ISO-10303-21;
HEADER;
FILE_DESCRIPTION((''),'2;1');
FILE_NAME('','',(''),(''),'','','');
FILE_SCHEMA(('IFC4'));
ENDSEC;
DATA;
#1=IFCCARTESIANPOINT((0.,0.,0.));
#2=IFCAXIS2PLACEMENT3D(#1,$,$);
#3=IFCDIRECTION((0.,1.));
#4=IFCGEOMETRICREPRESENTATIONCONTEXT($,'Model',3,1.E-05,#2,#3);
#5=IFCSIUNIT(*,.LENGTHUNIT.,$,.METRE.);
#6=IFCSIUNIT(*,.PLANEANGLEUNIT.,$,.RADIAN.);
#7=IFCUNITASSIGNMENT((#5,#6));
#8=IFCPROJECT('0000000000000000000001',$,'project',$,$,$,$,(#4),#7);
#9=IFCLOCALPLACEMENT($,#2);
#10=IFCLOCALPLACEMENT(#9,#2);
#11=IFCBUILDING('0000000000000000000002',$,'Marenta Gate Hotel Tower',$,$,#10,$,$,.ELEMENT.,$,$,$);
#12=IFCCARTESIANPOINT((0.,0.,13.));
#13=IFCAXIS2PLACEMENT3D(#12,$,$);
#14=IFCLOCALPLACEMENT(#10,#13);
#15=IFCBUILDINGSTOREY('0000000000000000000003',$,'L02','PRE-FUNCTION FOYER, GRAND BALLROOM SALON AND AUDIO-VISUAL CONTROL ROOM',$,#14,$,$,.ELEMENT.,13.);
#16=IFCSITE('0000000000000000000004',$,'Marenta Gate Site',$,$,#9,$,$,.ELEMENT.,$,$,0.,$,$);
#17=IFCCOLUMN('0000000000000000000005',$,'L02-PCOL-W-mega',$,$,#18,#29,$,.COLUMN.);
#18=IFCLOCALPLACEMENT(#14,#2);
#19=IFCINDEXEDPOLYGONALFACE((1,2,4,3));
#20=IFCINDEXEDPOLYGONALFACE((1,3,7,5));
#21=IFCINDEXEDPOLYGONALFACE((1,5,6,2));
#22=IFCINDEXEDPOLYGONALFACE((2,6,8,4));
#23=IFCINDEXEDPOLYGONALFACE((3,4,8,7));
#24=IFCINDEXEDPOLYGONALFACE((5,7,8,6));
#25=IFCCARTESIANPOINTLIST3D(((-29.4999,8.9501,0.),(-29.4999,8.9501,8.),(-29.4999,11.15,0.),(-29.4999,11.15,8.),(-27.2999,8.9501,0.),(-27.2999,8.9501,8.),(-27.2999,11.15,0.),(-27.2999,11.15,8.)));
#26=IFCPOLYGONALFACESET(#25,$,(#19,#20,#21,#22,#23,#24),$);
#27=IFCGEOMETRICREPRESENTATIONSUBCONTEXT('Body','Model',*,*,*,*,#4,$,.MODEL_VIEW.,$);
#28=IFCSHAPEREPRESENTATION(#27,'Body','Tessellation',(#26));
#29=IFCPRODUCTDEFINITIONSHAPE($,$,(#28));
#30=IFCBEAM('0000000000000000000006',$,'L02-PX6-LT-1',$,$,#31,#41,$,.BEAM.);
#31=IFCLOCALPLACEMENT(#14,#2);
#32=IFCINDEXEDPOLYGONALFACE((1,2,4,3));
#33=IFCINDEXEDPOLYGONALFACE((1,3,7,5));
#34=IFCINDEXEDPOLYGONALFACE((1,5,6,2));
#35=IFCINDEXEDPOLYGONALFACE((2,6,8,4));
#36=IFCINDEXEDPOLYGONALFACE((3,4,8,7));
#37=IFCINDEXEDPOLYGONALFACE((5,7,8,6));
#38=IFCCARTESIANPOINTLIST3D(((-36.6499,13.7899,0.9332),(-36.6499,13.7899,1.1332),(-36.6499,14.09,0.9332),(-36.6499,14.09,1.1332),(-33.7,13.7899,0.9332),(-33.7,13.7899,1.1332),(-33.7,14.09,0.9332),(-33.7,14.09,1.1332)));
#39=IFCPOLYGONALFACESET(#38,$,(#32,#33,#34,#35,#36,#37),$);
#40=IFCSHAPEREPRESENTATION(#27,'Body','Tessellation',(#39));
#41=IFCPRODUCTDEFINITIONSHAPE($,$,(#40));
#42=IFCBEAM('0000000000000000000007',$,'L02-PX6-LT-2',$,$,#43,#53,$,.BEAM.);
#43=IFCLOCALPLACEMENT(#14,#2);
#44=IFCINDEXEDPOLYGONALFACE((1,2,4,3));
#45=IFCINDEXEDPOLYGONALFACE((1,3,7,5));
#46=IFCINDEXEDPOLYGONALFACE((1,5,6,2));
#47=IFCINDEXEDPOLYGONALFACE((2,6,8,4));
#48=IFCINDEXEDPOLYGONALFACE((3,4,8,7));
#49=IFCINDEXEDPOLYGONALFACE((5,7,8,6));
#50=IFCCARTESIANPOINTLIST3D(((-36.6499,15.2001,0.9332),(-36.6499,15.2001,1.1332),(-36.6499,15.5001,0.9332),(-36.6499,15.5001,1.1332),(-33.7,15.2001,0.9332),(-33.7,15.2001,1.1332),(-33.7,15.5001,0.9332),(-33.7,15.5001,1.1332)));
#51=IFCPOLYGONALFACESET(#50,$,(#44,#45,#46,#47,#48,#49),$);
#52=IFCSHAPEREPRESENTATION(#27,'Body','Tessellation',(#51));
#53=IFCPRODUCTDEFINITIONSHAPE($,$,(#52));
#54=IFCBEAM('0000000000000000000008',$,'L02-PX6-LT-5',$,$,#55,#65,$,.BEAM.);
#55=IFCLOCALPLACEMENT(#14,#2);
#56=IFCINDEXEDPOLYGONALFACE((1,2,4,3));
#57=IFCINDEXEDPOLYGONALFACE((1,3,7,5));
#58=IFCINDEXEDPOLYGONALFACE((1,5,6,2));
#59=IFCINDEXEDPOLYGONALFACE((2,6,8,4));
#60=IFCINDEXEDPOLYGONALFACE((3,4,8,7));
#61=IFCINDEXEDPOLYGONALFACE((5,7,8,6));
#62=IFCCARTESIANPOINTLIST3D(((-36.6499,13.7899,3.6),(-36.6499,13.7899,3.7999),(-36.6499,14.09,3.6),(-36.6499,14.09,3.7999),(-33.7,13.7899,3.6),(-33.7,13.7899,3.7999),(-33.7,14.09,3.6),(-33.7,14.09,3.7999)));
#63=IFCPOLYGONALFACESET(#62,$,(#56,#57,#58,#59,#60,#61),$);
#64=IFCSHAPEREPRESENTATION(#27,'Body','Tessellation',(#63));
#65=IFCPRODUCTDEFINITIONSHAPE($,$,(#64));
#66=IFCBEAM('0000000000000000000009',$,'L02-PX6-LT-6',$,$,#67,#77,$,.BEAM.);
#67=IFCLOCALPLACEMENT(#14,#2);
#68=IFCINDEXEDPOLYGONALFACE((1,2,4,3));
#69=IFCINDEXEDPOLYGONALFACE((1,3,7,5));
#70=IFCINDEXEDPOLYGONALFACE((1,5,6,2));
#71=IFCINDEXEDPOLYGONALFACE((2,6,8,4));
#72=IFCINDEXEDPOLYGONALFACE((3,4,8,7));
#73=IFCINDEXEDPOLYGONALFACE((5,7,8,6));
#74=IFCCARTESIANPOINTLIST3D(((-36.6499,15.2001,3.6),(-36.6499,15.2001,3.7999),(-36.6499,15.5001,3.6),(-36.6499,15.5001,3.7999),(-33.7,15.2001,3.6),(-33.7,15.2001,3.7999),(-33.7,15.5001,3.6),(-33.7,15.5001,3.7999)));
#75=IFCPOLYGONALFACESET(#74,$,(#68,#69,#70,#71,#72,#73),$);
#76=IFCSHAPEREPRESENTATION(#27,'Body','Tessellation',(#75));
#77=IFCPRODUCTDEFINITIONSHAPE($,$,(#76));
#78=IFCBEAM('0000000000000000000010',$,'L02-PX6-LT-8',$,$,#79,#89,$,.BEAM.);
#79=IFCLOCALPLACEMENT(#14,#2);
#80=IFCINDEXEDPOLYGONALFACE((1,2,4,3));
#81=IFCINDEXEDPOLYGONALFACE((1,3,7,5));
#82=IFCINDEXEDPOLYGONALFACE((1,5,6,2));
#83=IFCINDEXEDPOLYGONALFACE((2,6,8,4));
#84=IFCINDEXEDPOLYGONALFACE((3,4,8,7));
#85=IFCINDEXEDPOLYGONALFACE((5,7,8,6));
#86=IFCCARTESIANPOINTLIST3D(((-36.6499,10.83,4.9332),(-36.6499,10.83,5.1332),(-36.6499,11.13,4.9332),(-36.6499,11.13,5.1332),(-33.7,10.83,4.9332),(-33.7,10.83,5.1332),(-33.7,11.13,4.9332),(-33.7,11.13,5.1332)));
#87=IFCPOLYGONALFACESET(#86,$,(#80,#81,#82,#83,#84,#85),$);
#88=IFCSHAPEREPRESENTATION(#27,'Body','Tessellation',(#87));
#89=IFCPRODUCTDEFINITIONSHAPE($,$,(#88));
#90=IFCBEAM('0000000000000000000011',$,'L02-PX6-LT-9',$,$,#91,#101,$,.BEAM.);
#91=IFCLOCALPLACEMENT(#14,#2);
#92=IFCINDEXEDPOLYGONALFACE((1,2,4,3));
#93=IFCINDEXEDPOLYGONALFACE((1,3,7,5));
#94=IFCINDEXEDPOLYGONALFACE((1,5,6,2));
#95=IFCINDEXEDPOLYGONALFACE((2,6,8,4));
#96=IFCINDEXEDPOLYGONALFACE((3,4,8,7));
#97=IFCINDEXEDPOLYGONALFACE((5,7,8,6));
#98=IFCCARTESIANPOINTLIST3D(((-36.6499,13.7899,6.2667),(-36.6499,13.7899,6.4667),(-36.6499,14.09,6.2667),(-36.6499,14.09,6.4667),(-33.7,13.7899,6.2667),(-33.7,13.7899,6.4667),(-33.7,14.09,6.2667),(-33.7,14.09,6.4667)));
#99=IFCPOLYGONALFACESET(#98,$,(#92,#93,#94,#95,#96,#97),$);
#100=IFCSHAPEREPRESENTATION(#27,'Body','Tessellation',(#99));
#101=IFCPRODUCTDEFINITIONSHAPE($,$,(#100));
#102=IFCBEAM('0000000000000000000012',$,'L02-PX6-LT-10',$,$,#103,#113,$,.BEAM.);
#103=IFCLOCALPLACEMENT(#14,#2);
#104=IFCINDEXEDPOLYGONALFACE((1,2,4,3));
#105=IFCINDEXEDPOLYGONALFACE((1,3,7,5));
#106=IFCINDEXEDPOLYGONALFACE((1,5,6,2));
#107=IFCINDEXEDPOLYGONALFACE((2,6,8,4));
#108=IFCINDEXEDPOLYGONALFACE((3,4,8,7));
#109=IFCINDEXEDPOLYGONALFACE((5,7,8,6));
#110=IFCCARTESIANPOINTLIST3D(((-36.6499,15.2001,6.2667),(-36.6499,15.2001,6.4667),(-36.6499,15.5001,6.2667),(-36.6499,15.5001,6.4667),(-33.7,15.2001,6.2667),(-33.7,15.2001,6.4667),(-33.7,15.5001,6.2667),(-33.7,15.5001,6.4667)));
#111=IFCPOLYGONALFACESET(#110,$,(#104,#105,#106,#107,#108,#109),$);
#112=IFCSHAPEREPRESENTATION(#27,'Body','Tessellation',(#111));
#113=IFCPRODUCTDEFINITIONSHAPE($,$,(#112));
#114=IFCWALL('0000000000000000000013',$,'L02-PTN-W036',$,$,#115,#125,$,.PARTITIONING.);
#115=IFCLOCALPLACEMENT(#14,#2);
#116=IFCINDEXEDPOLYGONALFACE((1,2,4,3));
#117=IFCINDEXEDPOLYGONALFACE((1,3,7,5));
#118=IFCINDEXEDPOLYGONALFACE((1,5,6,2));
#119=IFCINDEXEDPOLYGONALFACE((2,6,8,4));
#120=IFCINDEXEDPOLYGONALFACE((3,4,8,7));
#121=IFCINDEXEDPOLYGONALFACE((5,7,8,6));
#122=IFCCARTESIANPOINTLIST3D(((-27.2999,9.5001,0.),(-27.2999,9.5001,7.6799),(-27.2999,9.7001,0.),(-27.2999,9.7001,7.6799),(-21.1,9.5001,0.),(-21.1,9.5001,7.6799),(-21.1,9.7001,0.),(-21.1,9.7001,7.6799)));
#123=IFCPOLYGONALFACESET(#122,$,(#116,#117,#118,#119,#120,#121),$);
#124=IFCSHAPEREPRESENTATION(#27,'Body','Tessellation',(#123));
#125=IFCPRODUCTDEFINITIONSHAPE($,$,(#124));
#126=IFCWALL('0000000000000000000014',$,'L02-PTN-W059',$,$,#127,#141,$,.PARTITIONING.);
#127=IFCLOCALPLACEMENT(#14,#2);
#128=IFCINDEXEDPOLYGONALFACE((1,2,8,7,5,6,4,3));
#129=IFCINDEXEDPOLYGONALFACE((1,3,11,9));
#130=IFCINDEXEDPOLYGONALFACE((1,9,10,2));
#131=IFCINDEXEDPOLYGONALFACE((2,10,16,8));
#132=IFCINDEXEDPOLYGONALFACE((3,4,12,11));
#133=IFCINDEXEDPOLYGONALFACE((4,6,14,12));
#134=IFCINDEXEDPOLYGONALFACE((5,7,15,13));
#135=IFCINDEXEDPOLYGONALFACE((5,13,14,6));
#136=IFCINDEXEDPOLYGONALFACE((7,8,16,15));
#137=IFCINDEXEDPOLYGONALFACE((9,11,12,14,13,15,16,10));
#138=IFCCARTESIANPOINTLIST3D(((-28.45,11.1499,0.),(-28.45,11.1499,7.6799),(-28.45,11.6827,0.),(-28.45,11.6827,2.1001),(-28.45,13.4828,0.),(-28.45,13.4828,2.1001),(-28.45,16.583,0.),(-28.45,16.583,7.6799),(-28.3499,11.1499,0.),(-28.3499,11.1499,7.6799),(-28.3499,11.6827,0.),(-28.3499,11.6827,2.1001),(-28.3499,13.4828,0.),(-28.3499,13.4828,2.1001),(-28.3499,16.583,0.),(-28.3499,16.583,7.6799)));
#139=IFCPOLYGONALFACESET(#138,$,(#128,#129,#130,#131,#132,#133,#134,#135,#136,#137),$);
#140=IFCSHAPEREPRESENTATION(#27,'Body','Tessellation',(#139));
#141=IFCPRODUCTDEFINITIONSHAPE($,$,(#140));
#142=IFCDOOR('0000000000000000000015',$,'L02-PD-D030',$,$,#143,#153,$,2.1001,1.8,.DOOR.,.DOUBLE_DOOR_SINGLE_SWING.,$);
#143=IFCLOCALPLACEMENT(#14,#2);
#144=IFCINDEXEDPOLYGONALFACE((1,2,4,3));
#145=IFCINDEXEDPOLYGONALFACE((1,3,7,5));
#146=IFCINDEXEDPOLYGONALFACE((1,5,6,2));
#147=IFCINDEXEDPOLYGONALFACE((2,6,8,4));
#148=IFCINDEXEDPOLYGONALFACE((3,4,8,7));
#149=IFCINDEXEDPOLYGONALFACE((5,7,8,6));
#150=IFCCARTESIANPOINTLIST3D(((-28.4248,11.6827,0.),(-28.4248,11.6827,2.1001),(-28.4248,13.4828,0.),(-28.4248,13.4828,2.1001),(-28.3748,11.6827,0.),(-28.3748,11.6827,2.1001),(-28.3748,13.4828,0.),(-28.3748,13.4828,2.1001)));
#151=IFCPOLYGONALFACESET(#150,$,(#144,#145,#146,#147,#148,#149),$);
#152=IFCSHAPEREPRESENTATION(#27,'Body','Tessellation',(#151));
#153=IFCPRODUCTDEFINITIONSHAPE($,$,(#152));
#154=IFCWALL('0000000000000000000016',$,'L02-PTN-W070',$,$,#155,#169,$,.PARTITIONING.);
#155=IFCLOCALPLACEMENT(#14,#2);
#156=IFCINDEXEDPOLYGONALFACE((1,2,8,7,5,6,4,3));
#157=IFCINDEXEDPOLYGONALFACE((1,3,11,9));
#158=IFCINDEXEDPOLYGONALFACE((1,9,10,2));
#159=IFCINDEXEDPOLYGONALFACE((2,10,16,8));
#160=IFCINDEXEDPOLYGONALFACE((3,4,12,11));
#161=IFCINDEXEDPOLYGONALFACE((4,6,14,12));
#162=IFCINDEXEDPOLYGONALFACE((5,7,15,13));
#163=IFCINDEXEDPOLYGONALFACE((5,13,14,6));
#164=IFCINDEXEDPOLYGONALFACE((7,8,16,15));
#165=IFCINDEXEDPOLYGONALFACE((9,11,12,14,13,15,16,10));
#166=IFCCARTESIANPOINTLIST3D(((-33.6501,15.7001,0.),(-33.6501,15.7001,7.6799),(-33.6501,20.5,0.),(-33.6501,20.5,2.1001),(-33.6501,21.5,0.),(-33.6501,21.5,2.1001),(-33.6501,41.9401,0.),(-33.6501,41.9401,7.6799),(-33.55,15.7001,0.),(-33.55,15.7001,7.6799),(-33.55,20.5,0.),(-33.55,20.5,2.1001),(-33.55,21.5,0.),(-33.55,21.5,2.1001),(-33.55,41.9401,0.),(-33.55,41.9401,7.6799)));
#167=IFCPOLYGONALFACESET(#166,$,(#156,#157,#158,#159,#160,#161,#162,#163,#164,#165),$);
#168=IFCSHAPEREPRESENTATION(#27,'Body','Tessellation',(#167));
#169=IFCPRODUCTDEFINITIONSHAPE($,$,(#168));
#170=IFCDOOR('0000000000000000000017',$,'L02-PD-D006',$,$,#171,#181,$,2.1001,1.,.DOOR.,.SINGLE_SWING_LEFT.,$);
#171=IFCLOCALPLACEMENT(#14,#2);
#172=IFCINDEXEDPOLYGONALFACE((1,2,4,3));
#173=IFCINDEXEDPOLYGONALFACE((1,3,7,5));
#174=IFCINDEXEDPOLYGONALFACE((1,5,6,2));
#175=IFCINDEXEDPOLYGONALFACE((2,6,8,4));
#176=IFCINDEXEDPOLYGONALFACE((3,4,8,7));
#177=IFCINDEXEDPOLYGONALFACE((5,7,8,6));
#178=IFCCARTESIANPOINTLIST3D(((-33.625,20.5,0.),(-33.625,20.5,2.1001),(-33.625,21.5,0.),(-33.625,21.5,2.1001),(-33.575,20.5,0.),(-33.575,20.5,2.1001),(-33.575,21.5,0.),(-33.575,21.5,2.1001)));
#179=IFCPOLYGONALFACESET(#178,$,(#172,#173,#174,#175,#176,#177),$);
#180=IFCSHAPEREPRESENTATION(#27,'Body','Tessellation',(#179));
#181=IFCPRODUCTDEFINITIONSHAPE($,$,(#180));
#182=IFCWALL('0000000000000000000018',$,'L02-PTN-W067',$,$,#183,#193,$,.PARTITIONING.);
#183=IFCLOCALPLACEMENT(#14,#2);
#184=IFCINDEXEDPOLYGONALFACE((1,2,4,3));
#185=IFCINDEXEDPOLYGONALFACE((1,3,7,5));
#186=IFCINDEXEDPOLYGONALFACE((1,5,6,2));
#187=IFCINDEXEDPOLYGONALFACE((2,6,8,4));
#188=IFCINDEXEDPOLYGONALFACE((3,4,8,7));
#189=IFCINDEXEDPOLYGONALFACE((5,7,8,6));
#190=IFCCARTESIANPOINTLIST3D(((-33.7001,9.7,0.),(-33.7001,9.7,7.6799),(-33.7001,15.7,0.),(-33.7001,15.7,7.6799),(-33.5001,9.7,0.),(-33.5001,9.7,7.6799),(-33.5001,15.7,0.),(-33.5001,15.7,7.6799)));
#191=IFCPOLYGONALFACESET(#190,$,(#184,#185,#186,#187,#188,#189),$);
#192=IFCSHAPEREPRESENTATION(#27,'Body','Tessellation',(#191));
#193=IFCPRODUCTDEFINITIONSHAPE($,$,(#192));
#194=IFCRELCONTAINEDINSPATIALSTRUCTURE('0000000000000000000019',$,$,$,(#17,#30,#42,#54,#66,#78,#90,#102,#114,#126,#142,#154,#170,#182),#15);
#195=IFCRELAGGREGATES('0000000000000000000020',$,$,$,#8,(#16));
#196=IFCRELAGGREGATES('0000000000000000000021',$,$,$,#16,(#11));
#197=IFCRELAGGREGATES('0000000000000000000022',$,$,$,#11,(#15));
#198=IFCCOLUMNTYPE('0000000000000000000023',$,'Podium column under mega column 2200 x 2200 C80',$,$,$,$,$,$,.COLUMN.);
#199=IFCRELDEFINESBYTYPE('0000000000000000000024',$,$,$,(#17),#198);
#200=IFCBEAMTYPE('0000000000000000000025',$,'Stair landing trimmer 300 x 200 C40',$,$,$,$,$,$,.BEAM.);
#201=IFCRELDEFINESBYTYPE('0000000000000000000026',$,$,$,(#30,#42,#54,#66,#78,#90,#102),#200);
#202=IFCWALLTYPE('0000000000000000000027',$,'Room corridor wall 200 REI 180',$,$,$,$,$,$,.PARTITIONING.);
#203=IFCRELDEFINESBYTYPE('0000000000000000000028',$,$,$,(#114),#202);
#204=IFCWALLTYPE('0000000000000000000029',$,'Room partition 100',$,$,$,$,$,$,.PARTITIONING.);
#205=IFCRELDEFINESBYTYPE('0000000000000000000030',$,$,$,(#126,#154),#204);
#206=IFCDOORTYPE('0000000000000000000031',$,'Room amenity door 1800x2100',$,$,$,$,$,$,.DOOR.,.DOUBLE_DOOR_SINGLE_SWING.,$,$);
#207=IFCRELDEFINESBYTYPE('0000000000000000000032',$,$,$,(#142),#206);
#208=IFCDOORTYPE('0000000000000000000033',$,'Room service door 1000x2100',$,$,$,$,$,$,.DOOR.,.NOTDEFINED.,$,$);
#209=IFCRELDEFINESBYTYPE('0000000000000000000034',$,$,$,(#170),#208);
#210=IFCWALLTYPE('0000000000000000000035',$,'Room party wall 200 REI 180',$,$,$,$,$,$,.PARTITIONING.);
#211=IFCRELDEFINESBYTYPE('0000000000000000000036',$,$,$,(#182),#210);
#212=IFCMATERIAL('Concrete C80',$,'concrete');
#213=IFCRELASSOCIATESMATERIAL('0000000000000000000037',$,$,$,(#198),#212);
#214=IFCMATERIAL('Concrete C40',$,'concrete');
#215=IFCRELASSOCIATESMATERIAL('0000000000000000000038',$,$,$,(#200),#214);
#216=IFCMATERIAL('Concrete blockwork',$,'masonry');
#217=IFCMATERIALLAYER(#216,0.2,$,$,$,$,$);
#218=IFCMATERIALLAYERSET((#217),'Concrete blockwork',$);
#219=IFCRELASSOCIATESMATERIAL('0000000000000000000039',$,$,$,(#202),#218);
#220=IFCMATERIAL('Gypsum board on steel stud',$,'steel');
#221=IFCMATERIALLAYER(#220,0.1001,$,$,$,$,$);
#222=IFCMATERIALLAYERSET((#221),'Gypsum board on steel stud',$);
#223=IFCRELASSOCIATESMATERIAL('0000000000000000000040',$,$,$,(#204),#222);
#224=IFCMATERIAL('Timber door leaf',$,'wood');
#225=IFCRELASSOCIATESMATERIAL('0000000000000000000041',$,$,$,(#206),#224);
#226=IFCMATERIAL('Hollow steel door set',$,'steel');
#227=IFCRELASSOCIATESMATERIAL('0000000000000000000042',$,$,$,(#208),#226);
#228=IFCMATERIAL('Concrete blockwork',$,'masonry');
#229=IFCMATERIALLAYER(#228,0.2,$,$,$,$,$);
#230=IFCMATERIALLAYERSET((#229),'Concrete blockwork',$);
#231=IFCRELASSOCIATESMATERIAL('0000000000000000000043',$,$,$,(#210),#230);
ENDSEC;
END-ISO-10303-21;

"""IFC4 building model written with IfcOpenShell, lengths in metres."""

from ifc_helpers import new_model, si_unit, direction, frame, frame_2d, origin, origin_2d, place, context, subcontext, project, spatial, rectangle, extrude, material, layer, layer_set, material_profile, profile_set, type_object, element, fill, save


model = new_model("IFC4")

# Units and contexts
model_context = context("Model", 3, precision=1e-05, world=origin(), true_north=direction((0.0, 1.0)))
body_context = subcontext(model_context, "Body", "Model", "MODEL_VIEW")
ifc_project = project(units=[si_unit("LENGTHUNIT", "METRE"), si_unit("PLANEANGLEUNIT", "RADIAN")], contexts=[model_context])

# Site, building, storey
site_placement = place(None, origin())
site = spatial("IfcSite", under=ifc_project, at=site_placement, Name="Marenta Gate Site", CompositionType="ELEMENT", RefElevation=0.0)
building_placement = place(site_placement, origin())
building = spatial("IfcBuilding", under=site, at=building_placement, Name="Marenta Gate Hotel Tower", CompositionType="ELEMENT")
storey_placement = place(building_placement, frame((0.0, 0.0, 13.0)))
storey = spatial("IfcBuildingStorey", under=building, at=storey_placement, Name="L02", Description="PRE-FUNCTION FOYER, GRAND BALLROOM SALON AND AUDIO-VISUAL CONTROL ROOM", CompositionType="ELEMENT", Elevation=13.0)

# Column
ifc_material_1 = material(Name="Concrete C80", Category="concrete")
ifc_material_profile_1 = material_profile(ifc_material_1, rectangle(XDim=2.2, YDim=2.2, at=origin_2d()), Name="2200 x 2200")
ifc_profile_set_1 = profile_set([ifc_material_profile_1], Name="Concrete C80")
column_type = type_object("IfcColumnType", Name="Podium column under mega column 2200 x 2200 C80", PredefinedType="COLUMN", material=ifc_profile_set_1)
column_placement = place(storey_placement, frame((-28.3999, 10.05, 0.0), z_axis=(0.0, 0.0, 1.0), x_axis=(1.0, 0.0, 0.0)))
element("IfcColumn", 1, at=column_placement, inside=storey, type_object=column_type, Name="L02-PCOL-W-mega", PredefinedType="COLUMN", context=body_context, shape_type="SweptSolid", body=[
    extrude(rectangle(XDim=2.2, YDim=2.2, at=origin_2d()), origin(), (0.0, 0.0, 1.0), 8.0),
])

# Beams
ifc_material_2 = material(Name="Concrete C40", Category="concrete")
ifc_material_profile_2 = material_profile(ifc_material_2, rectangle(XDim=0.3, YDim=0.2, at=origin_2d()), Name="300 x 200")
ifc_profile_set_2 = profile_set([ifc_material_profile_2], Name="Concrete C40")
beam_type = type_object("IfcBeamType", Name="Stair landing trimmer 300 x 200 C40", PredefinedType="BEAM", material=ifc_profile_set_2)
for number, where, z_axis, x_axis, name in (
    (2, (-36.6499, 13.9399, 1.0332), (1.0, 0.0, 0.0), (0.0, 1.0, 0.0), "L02-PX6-LT-1"),
    (3, (-36.6499, 15.3501, 1.0332), (1.0, 0.0, 0.0), (0.0, 1.0, 0.0), "L02-PX6-LT-2"),
    (4, (-36.6499, 13.9399, 3.7), (1.0, 0.0, 0.0), (0.0, 1.0, 0.0), "L02-PX6-LT-5"),
    (5, (-36.6499, 15.3501, 3.7), (1.0, 0.0, 0.0), (0.0, 1.0, 0.0), "L02-PX6-LT-6"),
    (6, (-36.6499, 10.98, 5.0332), (1.0, 0.0, 0.0), (0.0, 1.0, 0.0), "L02-PX6-LT-8"),
    (7, (-36.6499, 13.9399, 6.3667), (1.0, 0.0, 0.0), (0.0, 1.0, 0.0), "L02-PX6-LT-9"),
    (8, (-36.6499, 15.3501, 6.3667), (1.0, 0.0, 0.0), (0.0, 1.0, 0.0), "L02-PX6-LT-10"),
):
    element("IfcBeam", number, at=place(storey_placement, frame(where, z_axis=z_axis, x_axis=x_axis)), inside=storey, type_object=beam_type, Name=name, PredefinedType="BEAM", context=body_context, shape_type="SweptSolid", body=[
        extrude(rectangle(XDim=0.3, YDim=0.2, at=origin_2d()), origin(), (0.0, 0.0, 1.0), 2.95),
    ])

# Wall
ifc_material_3 = material(Name="Concrete blockwork", Category="masonry")
ifc_layer_1 = layer(ifc_material_3, 0.2)
ifc_layer_set_1 = layer_set([ifc_layer_1], Name="Concrete blockwork")
wall_type_1 = type_object("IfcWallType", Name="Room corridor wall 200 REI 180", PredefinedType="PARTITIONING", material=ifc_layer_set_1)
wall_1_placement = place(storey_placement, frame((-27.3, 9.6001, 0.0), z_axis=(0.0, 0.0, 1.0), x_axis=(1.0, 0.0, 0.0)))
element("IfcWall", 9, at=wall_1_placement, inside=storey, type_object=wall_type_1, Name="L02-PTN-W036", PredefinedType="PARTITIONING", context=body_context, shape_type="SweptSolid", body=[
    extrude(rectangle(XDim=6.2, YDim=0.2, at=frame_2d((3.1001, 0.0))), origin(), (0.0, 0.0, 1.0), 7.6799),
])

# Walls, openings, doors
ifc_material_4 = material(Name="Gypsum board on steel stud", Category="steel")
ifc_layer_2 = layer(ifc_material_4, 0.1001)
ifc_layer_set_2 = layer_set([ifc_layer_2], Name="Gypsum board on steel stud")
wall_type_2 = type_object("IfcWallType", Name="Room partition 100", PredefinedType="PARTITIONING", material=ifc_layer_set_2)
wall_2_placement = place(storey_placement, frame((-28.3999, 11.1499, 0.0), z_axis=(0.0, 0.0, 1.0), x_axis=(0.0, 1.0, 0.0)))
wall_2 = element("IfcWall", 10, at=wall_2_placement, inside=storey, type_object=wall_type_2, Name="L02-PTN-W059", PredefinedType="PARTITIONING", context=body_context, shape_type="SweptSolid", body=[
    extrude(rectangle(XDim=5.4331, YDim=0.1001, at=frame_2d((2.7166, 0.0))), origin(), (0.0, 0.0, 1.0), 7.6799),
])
opening_1_placement = place(wall_2_placement, frame((0.533, 0.0, 0.0)))
opening_1 = element("IfcOpeningElement", 11, at=opening_1_placement, cuts=wall_2, PredefinedType="OPENING", context=body_context, shape_type="SweptSolid", body=[
    extrude(rectangle(XDim=1.8, YDim=2.1001, at=frame_2d((0.8999, 1.05))), frame((0.0, 0.05, 0.0), z_axis=(0.0, -1.0, 0.0), x_axis=(1.0, 0.0, 0.0)), (0.0, 0.0, 1.0), 0.1001),
])
ifc_material_5 = material(Name="Timber door leaf", Category="wood")
door_type_1 = type_object("IfcDoorType", Name="Room amenity door 1800x2100", OperationType="DOUBLE_DOOR_SINGLE_SWING", PredefinedType="DOOR", material=ifc_material_5)
door_1_placement = place(opening_1_placement, origin())
door_1 = element("IfcDoor", 12, at=door_1_placement, inside=storey, type_object=door_type_1, Name="L02-PD-D030", OperationType="DOUBLE_DOOR_SINGLE_SWING", OverallHeight=2.1001, OverallWidth=1.8, PredefinedType="DOOR", context=body_context, shape_type="SweptSolid", body=[
    extrude(rectangle(XDim=1.8, YDim=2.1001, at=frame_2d((0.8999, 1.05))), frame((0.0, 0.0249, 0.0), z_axis=(0.0, -1.0, 0.0), x_axis=(1.0, 0.0, 0.0)), (0.0, 0.0, 1.0), 0.05),
])
fill(opening_1, door_1)
wall_3_placement = place(storey_placement, frame((-33.6001, 15.7, 0.0), z_axis=(0.0, 0.0, 1.0), x_axis=(0.0, 1.0, 0.0)))
wall_3 = element("IfcWall", 13, at=wall_3_placement, inside=storey, type_object=wall_type_2, Name="L02-PTN-W070", PredefinedType="PARTITIONING", context=body_context, shape_type="SweptSolid", body=[
    extrude(rectangle(XDim=26.24, YDim=0.1001, at=frame_2d((13.1201, 0.0))), origin(), (0.0, 0.0, 1.0), 7.6799),
])
opening_2_placement = place(wall_3_placement, frame((4.8, 0.0, 0.0)))
opening_2 = element("IfcOpeningElement", 14, at=opening_2_placement, cuts=wall_3, PredefinedType="OPENING", context=body_context, shape_type="SweptSolid", body=[
    extrude(rectangle(XDim=1.0, YDim=2.1001, at=frame_2d((0.5, 1.05))), frame((0.0, 0.05, 0.0), z_axis=(0.0, -1.0, 0.0), x_axis=(1.0, 0.0, 0.0)), (0.0, 0.0, 1.0), 0.1001),
])
ifc_material_6 = material(Name="Hollow steel door set", Category="steel")
door_type_2 = type_object("IfcDoorType", Name="Room service door 1000x2100", OperationType="NOTDEFINED", PredefinedType="DOOR", material=ifc_material_6)
door_2_placement = place(opening_2_placement, origin())
door_2 = element("IfcDoor", 15, at=door_2_placement, inside=storey, type_object=door_type_2, Name="L02-PD-D006", OperationType="SINGLE_SWING_LEFT", OverallHeight=2.1001, OverallWidth=1.0, PredefinedType="DOOR", context=body_context, shape_type="SweptSolid", body=[
    extrude(rectangle(XDim=1.0, YDim=2.1001, at=frame_2d((0.5, 1.05))), frame((0.0, 0.0249, 0.0), z_axis=(0.0, -1.0, 0.0), x_axis=(1.0, 0.0, 0.0)), (0.0, 0.0, 1.0), 0.05),
])
fill(opening_2, door_2)

# Wall
ifc_material_7 = material(Name="Concrete blockwork", Category="masonry")
ifc_layer_3 = layer(ifc_material_7, 0.2)
ifc_layer_set_3 = layer_set([ifc_layer_3], Name="Concrete blockwork")
wall_type_3 = type_object("IfcWallType", Name="Room party wall 200 REI 180", PredefinedType="PARTITIONING", material=ifc_layer_set_3)
wall_4_placement = place(storey_placement, frame((-33.6001, 9.7, 0.0), z_axis=(0.0, 0.0, 1.0), x_axis=(0.0, 1.0, 0.0)))
element("IfcWall", 16, at=wall_4_placement, inside=storey, type_object=wall_type_3, Name="L02-PTN-W067", PredefinedType="PARTITIONING", context=body_context, shape_type="SweptSolid", body=[
    extrude(rectangle(XDim=6.0, YDim=0.2, at=frame_2d((3.0, 0.0))), origin(), (0.0, 0.0, 1.0), 7.6799),
])

save(model, "model.ifc")
